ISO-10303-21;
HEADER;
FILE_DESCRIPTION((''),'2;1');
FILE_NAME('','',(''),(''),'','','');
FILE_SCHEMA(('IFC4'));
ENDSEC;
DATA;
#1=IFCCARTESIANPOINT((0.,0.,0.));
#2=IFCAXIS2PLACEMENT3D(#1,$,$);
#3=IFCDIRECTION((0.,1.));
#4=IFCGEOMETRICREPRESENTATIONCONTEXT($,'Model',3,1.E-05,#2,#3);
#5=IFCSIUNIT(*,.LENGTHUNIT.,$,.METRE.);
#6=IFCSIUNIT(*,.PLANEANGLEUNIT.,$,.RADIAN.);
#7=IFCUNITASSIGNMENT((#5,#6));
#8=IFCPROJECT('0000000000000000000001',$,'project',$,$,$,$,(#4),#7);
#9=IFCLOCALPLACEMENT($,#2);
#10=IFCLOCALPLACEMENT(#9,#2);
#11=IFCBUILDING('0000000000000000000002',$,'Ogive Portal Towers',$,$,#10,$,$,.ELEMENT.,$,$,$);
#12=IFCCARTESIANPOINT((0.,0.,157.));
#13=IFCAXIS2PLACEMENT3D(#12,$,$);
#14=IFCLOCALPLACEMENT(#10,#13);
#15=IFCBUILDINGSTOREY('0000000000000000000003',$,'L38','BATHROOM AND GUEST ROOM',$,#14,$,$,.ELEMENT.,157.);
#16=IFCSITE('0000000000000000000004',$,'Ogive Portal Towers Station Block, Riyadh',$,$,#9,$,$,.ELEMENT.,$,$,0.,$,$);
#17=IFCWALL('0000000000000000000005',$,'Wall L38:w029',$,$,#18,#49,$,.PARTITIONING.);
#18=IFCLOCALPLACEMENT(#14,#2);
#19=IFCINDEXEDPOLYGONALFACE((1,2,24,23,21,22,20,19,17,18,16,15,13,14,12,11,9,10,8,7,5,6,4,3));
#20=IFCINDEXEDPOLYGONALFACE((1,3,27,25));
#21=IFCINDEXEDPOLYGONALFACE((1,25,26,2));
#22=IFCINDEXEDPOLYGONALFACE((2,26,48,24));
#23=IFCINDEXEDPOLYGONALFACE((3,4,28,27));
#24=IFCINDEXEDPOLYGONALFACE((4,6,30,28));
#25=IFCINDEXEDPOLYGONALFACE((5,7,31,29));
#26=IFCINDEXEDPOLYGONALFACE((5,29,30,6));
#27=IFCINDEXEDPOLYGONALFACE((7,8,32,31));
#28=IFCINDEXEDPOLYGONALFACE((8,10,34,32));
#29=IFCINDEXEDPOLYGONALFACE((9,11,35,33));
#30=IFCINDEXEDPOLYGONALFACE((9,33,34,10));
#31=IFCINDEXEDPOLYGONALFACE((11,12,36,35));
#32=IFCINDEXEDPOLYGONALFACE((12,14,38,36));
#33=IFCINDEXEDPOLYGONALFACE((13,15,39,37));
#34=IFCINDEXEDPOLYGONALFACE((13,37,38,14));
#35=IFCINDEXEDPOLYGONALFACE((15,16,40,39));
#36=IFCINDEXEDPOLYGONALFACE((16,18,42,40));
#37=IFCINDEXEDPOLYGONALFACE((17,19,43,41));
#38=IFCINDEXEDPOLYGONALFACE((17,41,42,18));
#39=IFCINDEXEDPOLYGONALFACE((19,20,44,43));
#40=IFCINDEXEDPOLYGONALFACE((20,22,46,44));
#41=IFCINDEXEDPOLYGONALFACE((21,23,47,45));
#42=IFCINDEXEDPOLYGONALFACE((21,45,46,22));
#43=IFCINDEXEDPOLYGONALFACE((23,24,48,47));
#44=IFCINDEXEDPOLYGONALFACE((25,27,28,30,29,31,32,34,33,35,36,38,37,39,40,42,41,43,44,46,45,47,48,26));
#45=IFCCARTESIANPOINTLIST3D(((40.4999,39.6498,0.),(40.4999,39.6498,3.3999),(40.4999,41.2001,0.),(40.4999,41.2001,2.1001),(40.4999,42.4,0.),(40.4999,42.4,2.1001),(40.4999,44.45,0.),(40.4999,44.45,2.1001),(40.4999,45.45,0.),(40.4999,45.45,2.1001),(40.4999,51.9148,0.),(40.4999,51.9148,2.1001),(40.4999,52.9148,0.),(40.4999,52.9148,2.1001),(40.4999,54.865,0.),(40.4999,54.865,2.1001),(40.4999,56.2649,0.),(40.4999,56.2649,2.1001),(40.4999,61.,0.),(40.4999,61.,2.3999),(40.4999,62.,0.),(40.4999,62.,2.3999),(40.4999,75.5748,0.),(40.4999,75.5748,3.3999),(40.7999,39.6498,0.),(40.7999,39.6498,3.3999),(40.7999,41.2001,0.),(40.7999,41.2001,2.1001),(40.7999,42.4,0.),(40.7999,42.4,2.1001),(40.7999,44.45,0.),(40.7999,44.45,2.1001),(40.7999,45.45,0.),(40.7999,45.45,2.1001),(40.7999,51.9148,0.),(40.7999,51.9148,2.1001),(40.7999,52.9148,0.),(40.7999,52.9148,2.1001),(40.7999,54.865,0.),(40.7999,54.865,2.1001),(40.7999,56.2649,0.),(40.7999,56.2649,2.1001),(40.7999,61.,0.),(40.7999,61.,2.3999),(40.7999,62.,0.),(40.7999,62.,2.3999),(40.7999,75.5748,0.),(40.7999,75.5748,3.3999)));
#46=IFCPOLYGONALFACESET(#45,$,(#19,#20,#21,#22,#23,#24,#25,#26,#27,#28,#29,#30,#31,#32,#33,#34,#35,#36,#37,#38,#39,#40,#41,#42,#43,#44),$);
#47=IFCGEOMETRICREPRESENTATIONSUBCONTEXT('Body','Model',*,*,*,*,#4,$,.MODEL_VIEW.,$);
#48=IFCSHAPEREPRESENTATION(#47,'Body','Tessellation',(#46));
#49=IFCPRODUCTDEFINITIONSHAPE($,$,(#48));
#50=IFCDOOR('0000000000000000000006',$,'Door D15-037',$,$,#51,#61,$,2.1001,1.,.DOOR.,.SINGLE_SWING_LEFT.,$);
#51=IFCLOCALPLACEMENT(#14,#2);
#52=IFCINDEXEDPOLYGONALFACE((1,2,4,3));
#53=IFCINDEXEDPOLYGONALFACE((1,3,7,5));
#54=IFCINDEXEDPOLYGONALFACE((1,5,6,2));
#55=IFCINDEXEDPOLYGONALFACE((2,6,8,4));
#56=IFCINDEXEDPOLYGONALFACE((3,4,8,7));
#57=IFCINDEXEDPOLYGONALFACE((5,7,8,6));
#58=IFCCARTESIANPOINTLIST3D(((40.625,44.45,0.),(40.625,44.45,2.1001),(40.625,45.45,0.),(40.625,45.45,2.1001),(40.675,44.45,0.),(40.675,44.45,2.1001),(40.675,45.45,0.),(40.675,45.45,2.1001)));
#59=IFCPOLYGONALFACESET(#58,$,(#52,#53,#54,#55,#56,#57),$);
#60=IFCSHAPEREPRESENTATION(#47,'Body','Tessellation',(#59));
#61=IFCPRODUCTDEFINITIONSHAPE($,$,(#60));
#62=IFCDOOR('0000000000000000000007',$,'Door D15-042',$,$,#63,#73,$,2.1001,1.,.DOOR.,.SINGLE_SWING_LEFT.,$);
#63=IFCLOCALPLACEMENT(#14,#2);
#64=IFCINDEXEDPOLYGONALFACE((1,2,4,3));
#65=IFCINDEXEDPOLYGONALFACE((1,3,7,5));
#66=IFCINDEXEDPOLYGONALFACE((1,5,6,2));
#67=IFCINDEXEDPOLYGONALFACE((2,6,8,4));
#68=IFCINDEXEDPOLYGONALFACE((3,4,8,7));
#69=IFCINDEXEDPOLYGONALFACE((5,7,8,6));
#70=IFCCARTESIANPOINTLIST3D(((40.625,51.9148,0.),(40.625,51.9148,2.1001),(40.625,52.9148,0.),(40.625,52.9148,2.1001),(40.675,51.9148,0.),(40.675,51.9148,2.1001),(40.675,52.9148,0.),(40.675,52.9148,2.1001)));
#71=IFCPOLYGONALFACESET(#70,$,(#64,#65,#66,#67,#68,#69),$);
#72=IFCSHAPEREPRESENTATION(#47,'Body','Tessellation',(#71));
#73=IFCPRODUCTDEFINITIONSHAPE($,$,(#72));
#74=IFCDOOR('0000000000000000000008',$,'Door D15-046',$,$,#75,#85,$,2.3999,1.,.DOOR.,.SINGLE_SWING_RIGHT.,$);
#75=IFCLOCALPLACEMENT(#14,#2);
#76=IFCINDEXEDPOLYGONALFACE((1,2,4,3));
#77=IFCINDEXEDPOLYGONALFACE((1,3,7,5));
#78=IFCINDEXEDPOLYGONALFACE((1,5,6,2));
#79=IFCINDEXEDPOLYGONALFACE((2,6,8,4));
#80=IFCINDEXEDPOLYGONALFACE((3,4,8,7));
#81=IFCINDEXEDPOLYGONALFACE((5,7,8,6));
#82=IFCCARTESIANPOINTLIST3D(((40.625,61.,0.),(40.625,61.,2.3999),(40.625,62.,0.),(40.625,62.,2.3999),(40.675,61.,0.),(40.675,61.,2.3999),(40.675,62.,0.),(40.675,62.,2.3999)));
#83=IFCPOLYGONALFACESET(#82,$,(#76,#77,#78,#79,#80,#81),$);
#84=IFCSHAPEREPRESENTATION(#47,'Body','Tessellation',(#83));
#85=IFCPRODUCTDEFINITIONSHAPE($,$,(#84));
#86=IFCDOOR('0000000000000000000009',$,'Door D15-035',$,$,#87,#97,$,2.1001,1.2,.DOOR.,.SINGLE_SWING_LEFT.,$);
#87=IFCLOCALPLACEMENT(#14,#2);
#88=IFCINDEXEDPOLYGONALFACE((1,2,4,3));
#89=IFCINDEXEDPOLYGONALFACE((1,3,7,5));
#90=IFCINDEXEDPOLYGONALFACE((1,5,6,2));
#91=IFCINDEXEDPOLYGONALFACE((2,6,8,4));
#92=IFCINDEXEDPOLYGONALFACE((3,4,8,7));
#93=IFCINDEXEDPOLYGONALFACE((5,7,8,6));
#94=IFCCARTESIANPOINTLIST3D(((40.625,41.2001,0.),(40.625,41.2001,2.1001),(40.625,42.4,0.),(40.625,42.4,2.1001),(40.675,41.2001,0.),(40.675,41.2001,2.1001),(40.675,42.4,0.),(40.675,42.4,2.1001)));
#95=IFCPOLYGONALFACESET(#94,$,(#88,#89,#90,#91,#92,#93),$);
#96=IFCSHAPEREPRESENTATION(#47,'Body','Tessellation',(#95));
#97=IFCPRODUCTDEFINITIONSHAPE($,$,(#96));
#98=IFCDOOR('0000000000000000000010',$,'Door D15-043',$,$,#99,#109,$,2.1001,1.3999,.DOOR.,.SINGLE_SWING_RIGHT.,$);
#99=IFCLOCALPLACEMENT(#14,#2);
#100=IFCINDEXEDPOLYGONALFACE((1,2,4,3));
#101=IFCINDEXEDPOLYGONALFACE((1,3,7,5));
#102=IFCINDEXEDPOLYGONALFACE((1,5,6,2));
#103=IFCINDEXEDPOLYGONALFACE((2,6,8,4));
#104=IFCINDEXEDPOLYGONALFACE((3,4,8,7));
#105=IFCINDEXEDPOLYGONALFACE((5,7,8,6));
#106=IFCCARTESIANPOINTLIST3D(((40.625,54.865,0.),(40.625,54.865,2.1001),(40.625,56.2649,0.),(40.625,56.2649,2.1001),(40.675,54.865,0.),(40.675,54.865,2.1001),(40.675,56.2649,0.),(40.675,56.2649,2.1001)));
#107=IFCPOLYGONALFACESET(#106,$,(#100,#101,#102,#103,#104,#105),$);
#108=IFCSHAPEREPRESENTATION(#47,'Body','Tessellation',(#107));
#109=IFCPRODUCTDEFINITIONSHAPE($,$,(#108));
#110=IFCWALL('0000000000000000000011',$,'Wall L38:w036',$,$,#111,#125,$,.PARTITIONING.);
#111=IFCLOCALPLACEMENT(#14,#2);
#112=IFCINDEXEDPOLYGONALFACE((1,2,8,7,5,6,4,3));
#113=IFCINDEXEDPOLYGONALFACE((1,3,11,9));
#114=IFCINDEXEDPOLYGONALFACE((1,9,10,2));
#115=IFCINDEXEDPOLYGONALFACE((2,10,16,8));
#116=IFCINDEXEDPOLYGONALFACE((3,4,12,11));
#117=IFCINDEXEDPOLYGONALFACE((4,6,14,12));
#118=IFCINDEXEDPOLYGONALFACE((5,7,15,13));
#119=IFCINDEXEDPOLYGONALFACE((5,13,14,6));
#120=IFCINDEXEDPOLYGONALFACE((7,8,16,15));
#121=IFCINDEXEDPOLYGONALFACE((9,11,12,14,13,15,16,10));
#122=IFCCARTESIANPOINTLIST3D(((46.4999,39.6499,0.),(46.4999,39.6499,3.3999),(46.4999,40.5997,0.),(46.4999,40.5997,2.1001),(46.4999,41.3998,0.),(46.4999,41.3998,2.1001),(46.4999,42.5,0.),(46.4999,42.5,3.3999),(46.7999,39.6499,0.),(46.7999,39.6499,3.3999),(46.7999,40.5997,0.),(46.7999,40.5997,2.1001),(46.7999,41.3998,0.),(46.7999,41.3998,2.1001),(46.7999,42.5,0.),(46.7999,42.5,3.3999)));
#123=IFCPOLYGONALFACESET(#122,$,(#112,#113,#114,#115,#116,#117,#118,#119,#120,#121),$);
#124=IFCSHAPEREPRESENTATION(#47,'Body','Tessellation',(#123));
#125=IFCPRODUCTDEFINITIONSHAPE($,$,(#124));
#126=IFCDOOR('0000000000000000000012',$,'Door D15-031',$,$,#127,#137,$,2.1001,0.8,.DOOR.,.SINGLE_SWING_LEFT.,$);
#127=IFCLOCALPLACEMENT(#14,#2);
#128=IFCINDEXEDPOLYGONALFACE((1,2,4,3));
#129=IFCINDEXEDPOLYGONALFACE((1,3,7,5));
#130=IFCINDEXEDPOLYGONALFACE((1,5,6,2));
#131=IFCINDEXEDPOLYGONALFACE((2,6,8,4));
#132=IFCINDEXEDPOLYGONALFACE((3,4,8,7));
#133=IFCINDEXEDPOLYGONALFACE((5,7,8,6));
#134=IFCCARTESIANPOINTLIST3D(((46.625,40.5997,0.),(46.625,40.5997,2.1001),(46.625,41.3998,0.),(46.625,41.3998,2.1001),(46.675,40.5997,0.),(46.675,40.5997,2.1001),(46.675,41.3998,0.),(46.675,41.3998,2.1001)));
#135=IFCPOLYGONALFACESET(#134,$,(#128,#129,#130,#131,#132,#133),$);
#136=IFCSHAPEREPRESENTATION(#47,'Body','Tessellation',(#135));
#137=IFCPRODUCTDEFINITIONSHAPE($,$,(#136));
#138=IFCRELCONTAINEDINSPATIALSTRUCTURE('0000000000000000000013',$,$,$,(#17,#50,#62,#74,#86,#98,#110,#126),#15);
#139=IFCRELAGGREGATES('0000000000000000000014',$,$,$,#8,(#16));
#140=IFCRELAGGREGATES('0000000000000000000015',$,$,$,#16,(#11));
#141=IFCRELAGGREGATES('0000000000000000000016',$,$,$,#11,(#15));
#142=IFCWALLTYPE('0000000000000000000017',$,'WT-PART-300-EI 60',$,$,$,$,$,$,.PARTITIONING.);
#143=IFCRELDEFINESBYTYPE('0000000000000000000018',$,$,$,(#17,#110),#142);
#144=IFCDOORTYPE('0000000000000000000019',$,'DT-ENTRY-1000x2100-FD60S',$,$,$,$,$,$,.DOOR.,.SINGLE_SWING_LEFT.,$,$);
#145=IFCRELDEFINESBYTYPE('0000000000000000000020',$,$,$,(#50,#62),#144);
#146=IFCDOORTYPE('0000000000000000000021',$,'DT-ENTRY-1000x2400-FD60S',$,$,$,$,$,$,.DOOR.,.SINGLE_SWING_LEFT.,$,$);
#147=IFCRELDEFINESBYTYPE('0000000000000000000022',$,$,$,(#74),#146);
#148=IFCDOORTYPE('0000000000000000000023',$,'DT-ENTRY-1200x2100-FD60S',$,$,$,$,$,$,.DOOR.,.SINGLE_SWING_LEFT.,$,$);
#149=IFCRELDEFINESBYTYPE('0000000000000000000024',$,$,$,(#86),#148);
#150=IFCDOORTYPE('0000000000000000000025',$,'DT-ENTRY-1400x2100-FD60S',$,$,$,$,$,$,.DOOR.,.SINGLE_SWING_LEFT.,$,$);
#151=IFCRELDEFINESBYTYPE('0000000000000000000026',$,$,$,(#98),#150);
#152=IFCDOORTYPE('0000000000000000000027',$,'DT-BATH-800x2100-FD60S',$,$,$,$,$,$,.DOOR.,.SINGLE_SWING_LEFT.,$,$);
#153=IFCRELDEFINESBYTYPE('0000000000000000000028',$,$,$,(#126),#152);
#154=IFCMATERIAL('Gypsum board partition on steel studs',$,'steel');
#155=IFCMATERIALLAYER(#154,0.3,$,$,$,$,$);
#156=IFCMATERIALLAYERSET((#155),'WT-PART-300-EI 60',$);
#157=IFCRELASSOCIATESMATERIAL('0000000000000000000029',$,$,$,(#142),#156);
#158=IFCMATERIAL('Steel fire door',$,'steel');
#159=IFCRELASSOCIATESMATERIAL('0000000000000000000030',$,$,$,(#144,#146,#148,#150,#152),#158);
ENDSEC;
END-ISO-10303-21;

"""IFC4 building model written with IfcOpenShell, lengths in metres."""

from ifc_helpers import new_model, si_unit, direction, frame, frame_2d, origin, place, context, subcontext, project, spatial, rectangle, extrude, material, layer, layer_set, type_object, element, fill, save


model = new_model("IFC4")

# Units and contexts
model_context = context("Model", 3, precision=1e-05, world=origin(), true_north=direction((0.0, 1.0)))
body_context = subcontext(model_context, "Body", "Model", "MODEL_VIEW")
ifc_project = project(units=[si_unit("LENGTHUNIT", "METRE"), si_unit("PLANEANGLEUNIT", "RADIAN")], contexts=[model_context])

# Site, building, storey
site_placement = place(None, origin())
site = spatial("IfcSite", under=ifc_project, at=site_placement, Name="Ogive Portal Towers Station Block, Riyadh", CompositionType="ELEMENT", RefElevation=0.0)
building_placement = place(site_placement, origin())
building = spatial("IfcBuilding", under=site, at=building_placement, Name="Ogive Portal Towers", CompositionType="ELEMENT")
storey_placement = place(building_placement, frame((0.0, 0.0, 157.0)))
storey = spatial("IfcBuildingStorey", under=building, at=storey_placement, Name="L38", Description="BATHROOM AND GUEST ROOM", CompositionType="ELEMENT", Elevation=157.0)

# Shared definitions
ifc_material_1 = material(Name="Gypsum board partition on steel studs", Category="steel")
ifc_layer_1 = layer(ifc_material_1, 0.3)
ifc_layer_set_1 = layer_set([ifc_layer_1], Name="WT-PART-300-EI 60")
wall_type_1 = type_object("IfcWallType", Name="WT-PART-300-EI 60", PredefinedType="PARTITIONING", material=ifc_layer_set_1)

# Wall, openings, doors
wall_1_placement = place(storey_placement, frame((40.6499, 39.6499, 0.0), z_axis=(0.0, 0.0, 1.0), x_axis=(0.0, 1.0, 0.0)))
wall_1 = element("IfcWall", 1, at=wall_1_placement, inside=storey, type_object=wall_type_1, Name="Wall L38:w029", PredefinedType="PARTITIONING", context=body_context, shape_type="SweptSolid", body=[
    extrude(rectangle(XDim=35.925, YDim=0.3, at=frame_2d((17.9624, 0.0))), origin(), (0.0, 0.0, 1.0), 3.3999),
])
opening_1_placement = place(wall_1_placement, frame((1.55, 0.0, 0.0)))
opening_1 = element("IfcOpeningElement", 2, at=opening_1_placement, cuts=wall_1, PredefinedType="OPENING", context=body_context, shape_type="SweptSolid", body=[
    extrude(rectangle(XDim=1.2, YDim=2.1001, at=frame_2d((0.6001, 1.05))), frame((0.0, 0.1602, 0.0), z_axis=(0.0, -1.0, 0.0), x_axis=(1.0, 0.0, 0.0)), (0.0, 0.0, 1.0), 0.3201),
])
opening_2_placement = place(wall_1_placement, frame((4.8, 0.0, 0.0)))
opening_2 = element("IfcOpeningElement", 3, at=opening_2_placement, cuts=wall_1, PredefinedType="OPENING", context=body_context, shape_type="SweptSolid", body=[
    extrude(rectangle(XDim=1.0, YDim=2.1001, at=frame_2d((0.5, 1.05))), frame((0.0, 0.1602, 0.0), z_axis=(0.0, -1.0, 0.0), x_axis=(1.0, 0.0, 0.0)), (0.0, 0.0, 1.0), 0.3201),
])
opening_3_placement = place(wall_1_placement, frame((12.2649, 0.0, 0.0)))
opening_3 = element("IfcOpeningElement", 4, at=opening_3_placement, cuts=wall_1, PredefinedType="OPENING", context=body_context, shape_type="SweptSolid", body=[
    extrude(rectangle(XDim=1.0, YDim=2.1001, at=frame_2d((0.5, 1.05))), frame((0.0, 0.1602, 0.0), z_axis=(0.0, -1.0, 0.0), x_axis=(1.0, 0.0, 0.0)), (0.0, 0.0, 1.0), 0.3201),
])
opening_4_placement = place(wall_1_placement, frame((15.2151, 0.0, 0.0)))
opening_4 = element("IfcOpeningElement", 5, at=opening_4_placement, cuts=wall_1, PredefinedType="OPENING", context=body_context, shape_type="SweptSolid", body=[
    extrude(rectangle(XDim=1.3999, YDim=2.1001, at=frame_2d((0.7, 1.05))), frame((0.0, 0.1602, 0.0), z_axis=(0.0, -1.0, 0.0), x_axis=(1.0, 0.0, 0.0)), (0.0, 0.0, 1.0), 0.3201),
])
opening_5_placement = place(wall_1_placement, frame((21.3501, 0.0, 0.0)))
opening_5 = element("IfcOpeningElement", 6, at=opening_5_placement, cuts=wall_1, PredefinedType="OPENING", context=body_context, shape_type="SweptSolid", body=[
    extrude(rectangle(XDim=1.0, YDim=2.3999, at=frame_2d((0.5, 1.2))), frame((0.0, 0.1602, 0.0), z_axis=(0.0, -1.0, 0.0), x_axis=(1.0, 0.0, 0.0)), (0.0, 0.0, 1.0), 0.3201),
])
ifc_material_2 = material(Name="Steel fire door", Category="steel")
door_type_1 = type_object("IfcDoorType", Name="DT-ENTRY-1000x2100-FD60S", OperationType="SINGLE_SWING_LEFT", PredefinedType="DOOR", material=ifc_material_2)
door_1_placement = place(opening_2_placement, origin())
door_1 = element("IfcDoor", 7, at=door_1_placement, inside=storey, type_object=door_type_1, Name="Door D15-037", OperationType="SINGLE_SWING_LEFT", OverallHeight=2.1001, OverallWidth=1.0, PredefinedType="DOOR", context=body_context, shape_type="SweptSolid", body=[
    extrude(rectangle(XDim=1.0, YDim=2.1001, at=frame_2d((0.5, 1.05))), frame((0.0, 0.0249, 0.0), z_axis=(0.0, -1.0, 0.0), x_axis=(1.0, 0.0, 0.0)), (0.0, 0.0, 1.0), 0.05),
])
fill(opening_2, door_1)
door_2_placement = place(opening_3_placement, origin())
door_2 = element("IfcDoor", 8, at=door_2_placement, inside=storey, type_object=door_type_1, Name="Door D15-042", OperationType="SINGLE_SWING_LEFT", OverallHeight=2.1001, OverallWidth=1.0, PredefinedType="DOOR", context=body_context, shape_type="SweptSolid", body=[
    extrude(rectangle(XDim=1.0, YDim=2.1001, at=frame_2d((0.5, 1.05))), frame((0.0, 0.0249, 0.0), z_axis=(0.0, -1.0, 0.0), x_axis=(1.0, 0.0, 0.0)), (0.0, 0.0, 1.0), 0.05),
])
fill(opening_3, door_2)
door_type_2 = type_object("IfcDoorType", Name="DT-ENTRY-1000x2400-FD60S", OperationType="SINGLE_SWING_LEFT", PredefinedType="DOOR", material=ifc_material_2)
door_3_placement = place(opening_5_placement, origin())
door_3 = element("IfcDoor", 9, at=door_3_placement, inside=storey, type_object=door_type_2, Name="Door D15-046", OperationType="SINGLE_SWING_RIGHT", OverallHeight=2.3999, OverallWidth=1.0, PredefinedType="DOOR", context=body_context, shape_type="SweptSolid", body=[
    extrude(rectangle(XDim=1.0, YDim=2.3999, at=frame_2d((0.5, 1.2))), frame((0.0, 0.0249, 0.0), z_axis=(0.0, -1.0, 0.0), x_axis=(1.0, 0.0, 0.0)), (0.0, 0.0, 1.0), 0.05),
])
fill(opening_5, door_3)
door_type_3 = type_object("IfcDoorType", Name="DT-ENTRY-1200x2100-FD60S", OperationType="SINGLE_SWING_LEFT", PredefinedType="DOOR", material=ifc_material_2)
door_4_placement = place(opening_1_placement, origin())
door_4 = element("IfcDoor", 10, at=door_4_placement, inside=storey, type_object=door_type_3, Name="Door D15-035", OperationType="SINGLE_SWING_LEFT", OverallHeight=2.1001, OverallWidth=1.2, PredefinedType="DOOR", context=body_context, shape_type="SweptSolid", body=[
    extrude(rectangle(XDim=1.2, YDim=2.1001, at=frame_2d((0.6001, 1.05))), frame((0.0, 0.0249, 0.0), z_axis=(0.0, -1.0, 0.0), x_axis=(1.0, 0.0, 0.0)), (0.0, 0.0, 1.0), 0.05),
])
fill(opening_1, door_4)
door_type_4 = type_object("IfcDoorType", Name="DT-ENTRY-1400x2100-FD60S", OperationType="SINGLE_SWING_LEFT", PredefinedType="DOOR", material=ifc_material_2)
door_5_placement = place(opening_4_placement, origin())
door_5 = element("IfcDoor", 11, at=door_5_placement, inside=storey, type_object=door_type_4, Name="Door D15-043", OperationType="SINGLE_SWING_RIGHT", OverallHeight=2.1001, OverallWidth=1.3999, PredefinedType="DOOR", context=body_context, shape_type="SweptSolid", body=[
    extrude(rectangle(XDim=1.3999, YDim=2.1001, at=frame_2d((0.7, 1.05))), frame((0.0, 0.0249, 0.0), z_axis=(0.0, -1.0, 0.0), x_axis=(1.0, 0.0, 0.0)), (0.0, 0.0, 1.0), 0.05),
])
fill(opening_4, door_5)

# Wall, opening, door
wall_2_placement = place(storey_placement, frame((46.6499, 39.6499, 0.0), z_axis=(0.0, 0.0, 1.0), x_axis=(0.0, 1.0, 0.0)))
wall_2 = element("IfcWall", 12, at=wall_2_placement, inside=storey, type_object=wall_type_1, Name="Wall L38:w036", PredefinedType="PARTITIONING", context=body_context, shape_type="SweptSolid", body=[
    extrude(rectangle(XDim=2.8501, YDim=0.3, at=frame_2d((1.425, 0.0))), origin(), (0.0, 0.0, 1.0), 3.3999),
])
opening_6_placement = place(wall_2_placement, frame((0.95, 0.0, 0.0)))
opening_6 = element("IfcOpeningElement", 13, at=opening_6_placement, cuts=wall_2, PredefinedType="OPENING", context=body_context, shape_type="SweptSolid", body=[
    extrude(rectangle(XDim=0.8, YDim=2.1001, at=frame_2d((0.3999, 1.05))), frame((0.0, 0.1602, 0.0), z_axis=(0.0, -1.0, 0.0), x_axis=(1.0, 0.0, 0.0)), (0.0, 0.0, 1.0), 0.3201),
])
door_type_5 = type_object("IfcDoorType", Name="DT-BATH-800x2100-FD60S", OperationType="SINGLE_SWING_LEFT", PredefinedType="DOOR", material=ifc_material_2)
door_6_placement = place(opening_6_placement, origin())
door_6 = element("IfcDoor", 14, at=door_6_placement, inside=storey, type_object=door_type_5, Name="Door D15-031", OperationType="SINGLE_SWING_LEFT", OverallHeight=2.1001, OverallWidth=0.8, PredefinedType="DOOR", context=body_context, shape_type="SweptSolid", body=[
    extrude(rectangle(XDim=0.8, YDim=2.1001, at=frame_2d((0.3999, 1.05))), frame((0.0, 0.0249, 0.0), z_axis=(0.0, -1.0, 0.0), x_axis=(1.0, 0.0, 0.0)), (0.0, 0.0, 1.0), 0.05),
])
fill(opening_6, door_6)

save(model, "model.ifc")
